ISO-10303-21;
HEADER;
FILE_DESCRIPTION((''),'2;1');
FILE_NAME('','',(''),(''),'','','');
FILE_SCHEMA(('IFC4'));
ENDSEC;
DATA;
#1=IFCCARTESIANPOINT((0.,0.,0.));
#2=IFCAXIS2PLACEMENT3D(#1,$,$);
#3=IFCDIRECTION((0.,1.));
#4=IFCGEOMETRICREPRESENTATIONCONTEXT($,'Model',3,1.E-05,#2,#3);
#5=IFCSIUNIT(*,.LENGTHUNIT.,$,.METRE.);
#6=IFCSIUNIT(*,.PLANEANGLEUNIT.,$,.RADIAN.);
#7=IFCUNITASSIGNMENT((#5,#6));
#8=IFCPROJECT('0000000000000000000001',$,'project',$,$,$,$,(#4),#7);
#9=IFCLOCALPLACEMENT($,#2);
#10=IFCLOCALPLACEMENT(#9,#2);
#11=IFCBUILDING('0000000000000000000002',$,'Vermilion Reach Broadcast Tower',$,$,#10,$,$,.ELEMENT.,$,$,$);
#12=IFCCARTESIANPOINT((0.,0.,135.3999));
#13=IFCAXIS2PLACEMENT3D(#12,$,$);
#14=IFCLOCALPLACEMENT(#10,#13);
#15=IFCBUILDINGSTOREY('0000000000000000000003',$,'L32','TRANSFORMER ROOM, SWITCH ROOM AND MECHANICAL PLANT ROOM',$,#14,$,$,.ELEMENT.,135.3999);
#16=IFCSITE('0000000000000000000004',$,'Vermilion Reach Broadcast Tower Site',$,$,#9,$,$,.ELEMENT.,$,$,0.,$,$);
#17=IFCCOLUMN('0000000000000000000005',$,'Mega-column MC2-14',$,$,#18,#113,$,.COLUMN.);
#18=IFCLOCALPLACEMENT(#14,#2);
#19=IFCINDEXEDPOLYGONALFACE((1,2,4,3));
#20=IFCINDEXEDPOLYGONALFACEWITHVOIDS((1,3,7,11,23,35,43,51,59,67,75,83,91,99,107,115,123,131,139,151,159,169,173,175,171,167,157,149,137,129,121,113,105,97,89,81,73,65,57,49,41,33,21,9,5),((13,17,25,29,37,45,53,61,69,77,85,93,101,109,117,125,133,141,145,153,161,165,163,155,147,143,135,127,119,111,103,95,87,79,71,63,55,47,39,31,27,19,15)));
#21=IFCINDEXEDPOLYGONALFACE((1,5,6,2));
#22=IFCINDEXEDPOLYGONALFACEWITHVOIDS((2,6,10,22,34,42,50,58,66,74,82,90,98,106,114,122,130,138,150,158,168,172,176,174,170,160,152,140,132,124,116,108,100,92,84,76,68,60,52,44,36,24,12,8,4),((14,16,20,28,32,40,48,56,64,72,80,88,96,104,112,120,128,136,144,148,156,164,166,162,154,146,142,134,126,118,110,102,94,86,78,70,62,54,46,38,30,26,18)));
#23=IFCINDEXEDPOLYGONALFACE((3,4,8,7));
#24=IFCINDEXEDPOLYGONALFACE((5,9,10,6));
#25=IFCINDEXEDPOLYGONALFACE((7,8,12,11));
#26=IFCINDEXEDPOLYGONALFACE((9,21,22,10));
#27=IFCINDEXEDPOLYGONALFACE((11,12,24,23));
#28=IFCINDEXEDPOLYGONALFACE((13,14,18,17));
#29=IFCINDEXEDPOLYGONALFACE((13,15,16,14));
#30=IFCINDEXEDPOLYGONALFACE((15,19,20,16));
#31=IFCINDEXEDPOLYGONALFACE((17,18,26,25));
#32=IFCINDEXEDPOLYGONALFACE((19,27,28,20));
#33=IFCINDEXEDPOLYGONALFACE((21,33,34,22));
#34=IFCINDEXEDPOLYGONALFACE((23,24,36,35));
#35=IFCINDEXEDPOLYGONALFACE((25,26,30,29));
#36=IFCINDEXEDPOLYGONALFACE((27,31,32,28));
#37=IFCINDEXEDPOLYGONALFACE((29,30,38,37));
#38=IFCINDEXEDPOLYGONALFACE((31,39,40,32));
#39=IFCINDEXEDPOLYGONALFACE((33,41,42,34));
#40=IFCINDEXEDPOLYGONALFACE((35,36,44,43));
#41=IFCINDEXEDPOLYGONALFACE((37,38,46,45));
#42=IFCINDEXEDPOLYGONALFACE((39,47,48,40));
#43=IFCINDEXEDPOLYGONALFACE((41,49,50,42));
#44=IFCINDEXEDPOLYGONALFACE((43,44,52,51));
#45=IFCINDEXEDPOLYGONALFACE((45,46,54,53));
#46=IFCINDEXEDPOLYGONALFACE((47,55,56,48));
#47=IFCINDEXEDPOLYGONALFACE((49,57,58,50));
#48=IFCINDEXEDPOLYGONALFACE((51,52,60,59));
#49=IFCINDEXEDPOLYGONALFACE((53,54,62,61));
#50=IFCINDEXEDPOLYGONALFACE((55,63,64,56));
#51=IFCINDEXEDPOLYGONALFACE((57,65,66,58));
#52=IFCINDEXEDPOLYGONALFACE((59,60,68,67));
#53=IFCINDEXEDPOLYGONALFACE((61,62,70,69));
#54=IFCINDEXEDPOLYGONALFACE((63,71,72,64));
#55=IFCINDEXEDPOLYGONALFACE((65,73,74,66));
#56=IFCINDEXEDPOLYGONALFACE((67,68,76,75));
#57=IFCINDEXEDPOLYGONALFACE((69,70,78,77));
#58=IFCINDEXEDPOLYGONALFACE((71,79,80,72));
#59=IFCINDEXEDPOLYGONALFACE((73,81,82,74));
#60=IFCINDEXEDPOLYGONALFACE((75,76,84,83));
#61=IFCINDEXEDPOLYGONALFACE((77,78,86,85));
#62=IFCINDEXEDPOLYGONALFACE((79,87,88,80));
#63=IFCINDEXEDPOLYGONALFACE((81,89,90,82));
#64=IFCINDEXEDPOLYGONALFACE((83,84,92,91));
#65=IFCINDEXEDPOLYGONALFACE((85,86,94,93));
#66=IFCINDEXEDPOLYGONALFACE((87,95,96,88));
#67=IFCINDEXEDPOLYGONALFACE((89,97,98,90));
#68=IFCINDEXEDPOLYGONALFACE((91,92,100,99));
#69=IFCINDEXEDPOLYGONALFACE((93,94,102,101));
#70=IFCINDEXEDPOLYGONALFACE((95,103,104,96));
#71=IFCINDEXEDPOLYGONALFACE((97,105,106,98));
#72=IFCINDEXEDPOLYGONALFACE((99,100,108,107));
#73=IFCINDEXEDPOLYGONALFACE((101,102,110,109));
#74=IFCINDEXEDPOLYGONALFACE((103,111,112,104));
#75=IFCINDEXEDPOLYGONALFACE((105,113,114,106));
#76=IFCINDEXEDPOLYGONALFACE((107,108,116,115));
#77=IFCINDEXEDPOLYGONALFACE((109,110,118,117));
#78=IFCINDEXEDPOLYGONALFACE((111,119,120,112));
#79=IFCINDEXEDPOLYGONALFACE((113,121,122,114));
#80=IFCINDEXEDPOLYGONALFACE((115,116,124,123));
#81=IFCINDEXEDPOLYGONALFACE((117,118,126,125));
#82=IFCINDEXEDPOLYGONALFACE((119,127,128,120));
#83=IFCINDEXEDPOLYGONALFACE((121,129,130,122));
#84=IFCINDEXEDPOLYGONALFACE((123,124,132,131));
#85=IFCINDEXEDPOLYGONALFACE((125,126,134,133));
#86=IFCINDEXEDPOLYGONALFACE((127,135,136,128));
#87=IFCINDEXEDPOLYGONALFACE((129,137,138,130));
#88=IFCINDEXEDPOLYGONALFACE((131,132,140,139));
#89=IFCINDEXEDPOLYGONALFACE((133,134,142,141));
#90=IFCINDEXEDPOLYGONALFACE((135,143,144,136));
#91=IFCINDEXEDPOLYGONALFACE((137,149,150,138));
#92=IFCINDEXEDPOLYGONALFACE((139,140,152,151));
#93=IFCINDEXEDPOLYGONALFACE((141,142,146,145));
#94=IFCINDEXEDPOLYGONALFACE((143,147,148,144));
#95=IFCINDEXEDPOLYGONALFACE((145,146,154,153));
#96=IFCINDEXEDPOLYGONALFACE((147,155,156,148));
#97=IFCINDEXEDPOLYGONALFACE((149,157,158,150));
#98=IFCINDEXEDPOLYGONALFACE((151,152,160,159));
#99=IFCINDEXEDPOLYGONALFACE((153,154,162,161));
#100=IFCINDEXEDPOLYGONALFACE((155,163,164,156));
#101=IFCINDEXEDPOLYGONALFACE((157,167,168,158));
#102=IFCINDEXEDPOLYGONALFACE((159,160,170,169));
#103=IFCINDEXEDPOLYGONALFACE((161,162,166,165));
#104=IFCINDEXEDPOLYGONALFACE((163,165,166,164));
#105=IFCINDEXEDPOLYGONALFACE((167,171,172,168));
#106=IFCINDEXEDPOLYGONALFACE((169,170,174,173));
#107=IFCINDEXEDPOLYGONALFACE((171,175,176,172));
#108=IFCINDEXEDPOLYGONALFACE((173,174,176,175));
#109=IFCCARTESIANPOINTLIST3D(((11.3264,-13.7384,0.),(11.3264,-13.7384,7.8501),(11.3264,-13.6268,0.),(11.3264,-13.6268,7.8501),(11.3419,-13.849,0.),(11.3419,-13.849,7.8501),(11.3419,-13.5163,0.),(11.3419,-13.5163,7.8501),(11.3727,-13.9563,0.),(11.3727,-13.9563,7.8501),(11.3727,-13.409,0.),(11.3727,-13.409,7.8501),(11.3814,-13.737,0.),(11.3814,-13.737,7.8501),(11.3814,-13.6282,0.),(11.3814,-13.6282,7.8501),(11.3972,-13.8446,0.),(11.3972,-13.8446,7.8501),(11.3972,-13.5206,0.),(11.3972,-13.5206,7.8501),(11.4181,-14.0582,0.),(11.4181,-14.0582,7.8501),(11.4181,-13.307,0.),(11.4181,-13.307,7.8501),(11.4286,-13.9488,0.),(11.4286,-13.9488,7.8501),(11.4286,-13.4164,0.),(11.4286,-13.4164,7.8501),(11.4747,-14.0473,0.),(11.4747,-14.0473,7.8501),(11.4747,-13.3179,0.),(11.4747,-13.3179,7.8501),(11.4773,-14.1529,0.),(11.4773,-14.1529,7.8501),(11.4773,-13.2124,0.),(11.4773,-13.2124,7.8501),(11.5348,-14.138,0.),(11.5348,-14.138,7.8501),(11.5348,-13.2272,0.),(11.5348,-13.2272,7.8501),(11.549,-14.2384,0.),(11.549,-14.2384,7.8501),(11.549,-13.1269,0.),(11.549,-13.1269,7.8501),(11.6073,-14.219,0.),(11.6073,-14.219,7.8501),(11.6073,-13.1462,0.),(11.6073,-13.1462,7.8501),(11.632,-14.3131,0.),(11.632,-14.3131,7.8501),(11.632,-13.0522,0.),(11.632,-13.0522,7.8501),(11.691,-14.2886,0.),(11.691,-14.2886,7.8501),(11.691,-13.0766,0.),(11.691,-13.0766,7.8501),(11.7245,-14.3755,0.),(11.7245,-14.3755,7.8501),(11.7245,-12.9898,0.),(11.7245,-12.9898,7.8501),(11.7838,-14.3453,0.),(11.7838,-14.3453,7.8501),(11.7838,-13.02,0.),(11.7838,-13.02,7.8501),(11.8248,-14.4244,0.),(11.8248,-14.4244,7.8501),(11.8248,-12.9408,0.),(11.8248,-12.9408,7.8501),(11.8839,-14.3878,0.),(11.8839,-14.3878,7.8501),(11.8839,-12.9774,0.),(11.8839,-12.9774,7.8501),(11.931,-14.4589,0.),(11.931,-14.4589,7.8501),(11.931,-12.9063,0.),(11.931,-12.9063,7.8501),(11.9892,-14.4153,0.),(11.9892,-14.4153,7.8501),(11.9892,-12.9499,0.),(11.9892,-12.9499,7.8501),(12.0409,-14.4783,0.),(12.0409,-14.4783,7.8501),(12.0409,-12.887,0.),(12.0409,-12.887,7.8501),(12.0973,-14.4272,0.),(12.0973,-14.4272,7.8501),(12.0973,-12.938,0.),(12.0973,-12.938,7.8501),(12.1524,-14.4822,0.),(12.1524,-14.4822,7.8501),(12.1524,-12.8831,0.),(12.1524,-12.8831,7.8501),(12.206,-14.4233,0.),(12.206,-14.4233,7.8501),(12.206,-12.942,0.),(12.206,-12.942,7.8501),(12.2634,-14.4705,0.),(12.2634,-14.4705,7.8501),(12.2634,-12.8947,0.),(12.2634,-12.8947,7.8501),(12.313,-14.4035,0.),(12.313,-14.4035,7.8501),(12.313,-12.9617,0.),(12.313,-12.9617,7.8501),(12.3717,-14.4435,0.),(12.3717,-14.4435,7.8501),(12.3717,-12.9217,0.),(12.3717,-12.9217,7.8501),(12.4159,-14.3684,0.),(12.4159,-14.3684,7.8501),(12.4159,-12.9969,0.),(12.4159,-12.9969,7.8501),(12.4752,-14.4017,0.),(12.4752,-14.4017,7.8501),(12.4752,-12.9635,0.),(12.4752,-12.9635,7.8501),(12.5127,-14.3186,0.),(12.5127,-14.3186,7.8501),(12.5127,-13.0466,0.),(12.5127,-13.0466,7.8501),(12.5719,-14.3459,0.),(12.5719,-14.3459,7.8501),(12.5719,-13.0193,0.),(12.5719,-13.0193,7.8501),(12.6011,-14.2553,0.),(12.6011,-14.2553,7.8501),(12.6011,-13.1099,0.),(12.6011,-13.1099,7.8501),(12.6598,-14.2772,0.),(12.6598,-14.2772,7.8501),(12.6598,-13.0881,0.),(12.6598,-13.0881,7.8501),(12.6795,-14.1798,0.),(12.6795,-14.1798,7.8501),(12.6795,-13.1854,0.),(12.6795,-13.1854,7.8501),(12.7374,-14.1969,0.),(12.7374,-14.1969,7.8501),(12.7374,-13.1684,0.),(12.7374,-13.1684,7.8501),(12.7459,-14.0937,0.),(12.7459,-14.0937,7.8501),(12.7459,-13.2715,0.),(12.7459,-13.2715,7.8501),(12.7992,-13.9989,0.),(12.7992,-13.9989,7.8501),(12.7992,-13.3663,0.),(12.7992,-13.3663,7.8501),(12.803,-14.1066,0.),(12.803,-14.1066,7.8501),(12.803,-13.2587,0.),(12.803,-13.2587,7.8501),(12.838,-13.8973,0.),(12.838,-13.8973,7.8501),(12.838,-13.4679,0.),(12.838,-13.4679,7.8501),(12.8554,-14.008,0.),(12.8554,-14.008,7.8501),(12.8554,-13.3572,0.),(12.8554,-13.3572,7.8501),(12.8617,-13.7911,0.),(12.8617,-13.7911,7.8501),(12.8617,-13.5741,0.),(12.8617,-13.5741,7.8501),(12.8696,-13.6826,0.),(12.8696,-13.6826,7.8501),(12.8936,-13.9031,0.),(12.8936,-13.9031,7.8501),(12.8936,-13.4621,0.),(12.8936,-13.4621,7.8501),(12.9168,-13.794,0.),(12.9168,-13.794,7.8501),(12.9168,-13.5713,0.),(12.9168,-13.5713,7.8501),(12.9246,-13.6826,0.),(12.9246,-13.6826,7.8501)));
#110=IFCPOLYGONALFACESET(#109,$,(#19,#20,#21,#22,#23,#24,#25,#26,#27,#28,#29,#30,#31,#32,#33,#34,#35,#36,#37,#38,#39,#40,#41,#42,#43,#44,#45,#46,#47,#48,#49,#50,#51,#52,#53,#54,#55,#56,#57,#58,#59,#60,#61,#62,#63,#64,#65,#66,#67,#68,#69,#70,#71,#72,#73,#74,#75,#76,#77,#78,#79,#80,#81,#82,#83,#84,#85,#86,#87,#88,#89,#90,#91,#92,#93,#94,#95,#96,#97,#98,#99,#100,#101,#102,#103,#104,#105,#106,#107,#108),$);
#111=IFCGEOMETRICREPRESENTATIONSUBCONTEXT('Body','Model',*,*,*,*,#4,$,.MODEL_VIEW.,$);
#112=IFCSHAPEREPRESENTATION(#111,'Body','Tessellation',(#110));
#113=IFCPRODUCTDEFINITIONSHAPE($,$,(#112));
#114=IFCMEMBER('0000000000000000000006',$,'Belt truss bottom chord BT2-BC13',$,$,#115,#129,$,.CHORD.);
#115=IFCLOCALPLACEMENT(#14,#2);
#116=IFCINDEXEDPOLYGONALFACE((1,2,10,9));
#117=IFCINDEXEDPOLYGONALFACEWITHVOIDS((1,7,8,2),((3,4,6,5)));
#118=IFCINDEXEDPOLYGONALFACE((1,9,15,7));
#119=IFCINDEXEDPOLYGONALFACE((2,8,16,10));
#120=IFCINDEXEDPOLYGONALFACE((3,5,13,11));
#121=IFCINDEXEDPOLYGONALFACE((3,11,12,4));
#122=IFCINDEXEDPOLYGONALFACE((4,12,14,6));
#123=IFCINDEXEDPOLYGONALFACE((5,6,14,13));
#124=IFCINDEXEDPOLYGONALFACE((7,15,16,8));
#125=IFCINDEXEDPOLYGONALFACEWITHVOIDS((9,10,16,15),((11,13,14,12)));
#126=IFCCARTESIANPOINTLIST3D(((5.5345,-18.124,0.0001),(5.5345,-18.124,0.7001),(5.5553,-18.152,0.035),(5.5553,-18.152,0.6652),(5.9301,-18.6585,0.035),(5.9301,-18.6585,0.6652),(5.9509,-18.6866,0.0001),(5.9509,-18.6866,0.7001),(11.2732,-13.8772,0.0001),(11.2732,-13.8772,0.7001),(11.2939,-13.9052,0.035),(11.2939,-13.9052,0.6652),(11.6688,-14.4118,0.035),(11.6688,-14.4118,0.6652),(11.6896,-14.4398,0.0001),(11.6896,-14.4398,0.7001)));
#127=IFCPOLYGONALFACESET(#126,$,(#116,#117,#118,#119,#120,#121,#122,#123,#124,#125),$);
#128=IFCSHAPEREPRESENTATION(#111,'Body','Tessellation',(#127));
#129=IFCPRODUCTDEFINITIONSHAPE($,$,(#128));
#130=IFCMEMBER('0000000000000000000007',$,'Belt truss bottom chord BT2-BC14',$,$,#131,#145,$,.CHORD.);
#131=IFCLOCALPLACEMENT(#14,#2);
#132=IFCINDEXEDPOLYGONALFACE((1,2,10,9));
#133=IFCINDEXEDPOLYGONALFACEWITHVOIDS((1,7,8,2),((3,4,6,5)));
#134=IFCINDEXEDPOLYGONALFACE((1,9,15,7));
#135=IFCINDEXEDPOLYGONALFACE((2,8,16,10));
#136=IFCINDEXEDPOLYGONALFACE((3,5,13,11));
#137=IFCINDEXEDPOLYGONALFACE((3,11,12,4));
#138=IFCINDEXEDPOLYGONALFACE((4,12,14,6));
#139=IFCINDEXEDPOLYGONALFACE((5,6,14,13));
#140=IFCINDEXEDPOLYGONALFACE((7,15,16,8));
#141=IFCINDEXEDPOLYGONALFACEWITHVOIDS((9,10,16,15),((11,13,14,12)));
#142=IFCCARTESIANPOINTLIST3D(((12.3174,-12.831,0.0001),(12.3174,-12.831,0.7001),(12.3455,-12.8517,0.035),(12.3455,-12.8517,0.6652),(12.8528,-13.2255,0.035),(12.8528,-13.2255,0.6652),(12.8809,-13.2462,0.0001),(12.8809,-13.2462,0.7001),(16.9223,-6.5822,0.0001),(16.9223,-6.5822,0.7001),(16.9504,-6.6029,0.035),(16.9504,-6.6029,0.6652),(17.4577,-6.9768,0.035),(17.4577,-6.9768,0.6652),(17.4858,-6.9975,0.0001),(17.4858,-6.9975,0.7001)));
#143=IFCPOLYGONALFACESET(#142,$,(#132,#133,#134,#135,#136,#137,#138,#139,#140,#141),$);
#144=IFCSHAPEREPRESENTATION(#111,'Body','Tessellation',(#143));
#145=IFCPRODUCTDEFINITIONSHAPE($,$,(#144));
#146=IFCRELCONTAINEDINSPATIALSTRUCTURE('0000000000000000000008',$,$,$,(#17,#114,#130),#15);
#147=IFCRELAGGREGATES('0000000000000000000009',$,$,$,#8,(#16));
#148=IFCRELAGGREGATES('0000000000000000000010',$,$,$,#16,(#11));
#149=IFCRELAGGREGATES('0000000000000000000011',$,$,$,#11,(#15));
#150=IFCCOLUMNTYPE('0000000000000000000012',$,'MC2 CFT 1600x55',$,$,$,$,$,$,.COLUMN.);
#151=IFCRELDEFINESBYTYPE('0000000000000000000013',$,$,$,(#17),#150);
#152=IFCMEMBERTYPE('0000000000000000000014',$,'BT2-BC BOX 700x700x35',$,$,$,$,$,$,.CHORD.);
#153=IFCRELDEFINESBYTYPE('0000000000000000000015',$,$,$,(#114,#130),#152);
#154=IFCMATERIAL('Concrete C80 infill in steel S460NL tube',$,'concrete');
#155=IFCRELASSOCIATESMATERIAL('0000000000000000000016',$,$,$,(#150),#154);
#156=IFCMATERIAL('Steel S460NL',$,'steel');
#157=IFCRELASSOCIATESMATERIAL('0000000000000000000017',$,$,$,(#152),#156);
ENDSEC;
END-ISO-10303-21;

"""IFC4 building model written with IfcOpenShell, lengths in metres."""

from ifc_helpers import new_model, si_unit, direction, frame, origin, origin_2d, place, context, subcontext, project, spatial, hollow_rectangle, hollow_circle, extrude, material, material_profile, profile_set, type_object, element, save


model = new_model("IFC4")

# Units and contexts
model_context = context("Model", 3, precision=1e-05, world=origin(), true_north=direction((0.0, 1.0)))
body_context = subcontext(model_context, "Body", "Model", "MODEL_VIEW")
ifc_project = project(units=[si_unit("LENGTHUNIT", "METRE"), si_unit("PLANEANGLEUNIT", "RADIAN")], contexts=[model_context])

# Site, building, storey
site_placement = place(None, origin())
site = spatial("IfcSite", under=ifc_project, at=site_placement, Name="Vermilion Reach Broadcast Tower Site", CompositionType="ELEMENT", RefElevation=0.0)
building_placement = place(site_placement, origin())
building = spatial("IfcBuilding", under=site, at=building_placement, Name="Vermilion Reach Broadcast Tower", CompositionType="ELEMENT")
storey_placement = place(building_placement, frame((0.0, 0.0, 135.3999)))
storey = spatial("IfcBuildingStorey", under=building, at=storey_placement, Name="L32", Description="TRANSFORMER ROOM, SWITCH ROOM AND MECHANICAL PLANT ROOM", CompositionType="ELEMENT", Elevation=135.3999)

# Column
ifc_material_1 = material(Name="Concrete C80 infill in steel S460NL tube", Category="concrete")
ifc_material_profile_1 = material_profile(ifc_material_1, hollow_circle(Radius=0.8, WallThickness=0.0549, at=origin_2d()), Name="Concrete C80 infill in steel S460NL tube CFT 1600x55")
ifc_profile_set_1 = profile_set([ifc_material_profile_1], Name="Concrete C80 infill in steel S460NL tube")
column_type = type_object("IfcColumnType", Name="MC2 CFT 1600x55", PredefinedType="COLUMN", material=ifc_profile_set_1)
column_placement = place(storey_placement, frame((12.1245, -13.6826, 0.0), z_axis=(0.0, 0.0, 1.0), x_axis=(1.0, 0.0, 0.0)))
element("IfcColumn", 1, at=column_placement, inside=storey, type_object=column_type, Name="Mega-column MC2-14", PredefinedType="COLUMN", context=body_context, shape_type="SweptSolid", body=[
    extrude(hollow_circle(Radius=0.8, WallThickness=0.0549, at=origin_2d()), origin(), (0.0, 0.0, 1.0), 7.8501),
])

# Members
ifc_material_2 = material(Name="Steel S460NL", Category="steel")
ifc_material_profile_2 = material_profile(ifc_material_2, hollow_rectangle(XDim=0.7, YDim=0.7, WallThickness=0.0349, at=origin_2d()), Name="S460NL BOX 700x700x35")
ifc_profile_set_2 = profile_set([ifc_material_profile_2], Name="Steel S460NL")
member_type_1 = type_object("IfcMemberType", Name="BT2-BC BOX 700x700x35", PredefinedType="CHORD", material=ifc_profile_set_2)
member_1_placement = place(storey_placement, frame((5.7427, -18.4053, 0.3501), z_axis=(0.803833, 0.594855, 0.0), x_axis=(-0.594855, 0.803833, 0.0)))
element("IfcMember", 2, at=member_1_placement, inside=storey, type_object=member_type_1, Name="Belt truss bottom chord BT2-BC13", PredefinedType="CHORD", context=body_context, shape_type="SweptSolid", body=[
    extrude(hollow_rectangle(XDim=0.7, YDim=0.7, WallThickness=0.0349, at=origin_2d()), origin(), (0.0, 0.0, 1.0), 7.1392),
])
member_2_placement = place(storey_placement, frame((12.5991, -13.0386, 0.3501), z_axis=(0.593251, 0.805018, 0.0), x_axis=(-0.805018, 0.593251, 0.0)))
element("IfcMember", 3, at=member_2_placement, inside=storey, type_object=member_type_1, Name="Belt truss bottom chord BT2-BC14", PredefinedType="CHORD", context=body_context, shape_type="SweptSolid", body=[
    extrude(hollow_rectangle(XDim=0.7, YDim=0.7, WallThickness=0.0349, at=origin_2d()), origin(), (0.0, 0.0, 1.0), 7.7622),
])

save(model, "model.ifc")
